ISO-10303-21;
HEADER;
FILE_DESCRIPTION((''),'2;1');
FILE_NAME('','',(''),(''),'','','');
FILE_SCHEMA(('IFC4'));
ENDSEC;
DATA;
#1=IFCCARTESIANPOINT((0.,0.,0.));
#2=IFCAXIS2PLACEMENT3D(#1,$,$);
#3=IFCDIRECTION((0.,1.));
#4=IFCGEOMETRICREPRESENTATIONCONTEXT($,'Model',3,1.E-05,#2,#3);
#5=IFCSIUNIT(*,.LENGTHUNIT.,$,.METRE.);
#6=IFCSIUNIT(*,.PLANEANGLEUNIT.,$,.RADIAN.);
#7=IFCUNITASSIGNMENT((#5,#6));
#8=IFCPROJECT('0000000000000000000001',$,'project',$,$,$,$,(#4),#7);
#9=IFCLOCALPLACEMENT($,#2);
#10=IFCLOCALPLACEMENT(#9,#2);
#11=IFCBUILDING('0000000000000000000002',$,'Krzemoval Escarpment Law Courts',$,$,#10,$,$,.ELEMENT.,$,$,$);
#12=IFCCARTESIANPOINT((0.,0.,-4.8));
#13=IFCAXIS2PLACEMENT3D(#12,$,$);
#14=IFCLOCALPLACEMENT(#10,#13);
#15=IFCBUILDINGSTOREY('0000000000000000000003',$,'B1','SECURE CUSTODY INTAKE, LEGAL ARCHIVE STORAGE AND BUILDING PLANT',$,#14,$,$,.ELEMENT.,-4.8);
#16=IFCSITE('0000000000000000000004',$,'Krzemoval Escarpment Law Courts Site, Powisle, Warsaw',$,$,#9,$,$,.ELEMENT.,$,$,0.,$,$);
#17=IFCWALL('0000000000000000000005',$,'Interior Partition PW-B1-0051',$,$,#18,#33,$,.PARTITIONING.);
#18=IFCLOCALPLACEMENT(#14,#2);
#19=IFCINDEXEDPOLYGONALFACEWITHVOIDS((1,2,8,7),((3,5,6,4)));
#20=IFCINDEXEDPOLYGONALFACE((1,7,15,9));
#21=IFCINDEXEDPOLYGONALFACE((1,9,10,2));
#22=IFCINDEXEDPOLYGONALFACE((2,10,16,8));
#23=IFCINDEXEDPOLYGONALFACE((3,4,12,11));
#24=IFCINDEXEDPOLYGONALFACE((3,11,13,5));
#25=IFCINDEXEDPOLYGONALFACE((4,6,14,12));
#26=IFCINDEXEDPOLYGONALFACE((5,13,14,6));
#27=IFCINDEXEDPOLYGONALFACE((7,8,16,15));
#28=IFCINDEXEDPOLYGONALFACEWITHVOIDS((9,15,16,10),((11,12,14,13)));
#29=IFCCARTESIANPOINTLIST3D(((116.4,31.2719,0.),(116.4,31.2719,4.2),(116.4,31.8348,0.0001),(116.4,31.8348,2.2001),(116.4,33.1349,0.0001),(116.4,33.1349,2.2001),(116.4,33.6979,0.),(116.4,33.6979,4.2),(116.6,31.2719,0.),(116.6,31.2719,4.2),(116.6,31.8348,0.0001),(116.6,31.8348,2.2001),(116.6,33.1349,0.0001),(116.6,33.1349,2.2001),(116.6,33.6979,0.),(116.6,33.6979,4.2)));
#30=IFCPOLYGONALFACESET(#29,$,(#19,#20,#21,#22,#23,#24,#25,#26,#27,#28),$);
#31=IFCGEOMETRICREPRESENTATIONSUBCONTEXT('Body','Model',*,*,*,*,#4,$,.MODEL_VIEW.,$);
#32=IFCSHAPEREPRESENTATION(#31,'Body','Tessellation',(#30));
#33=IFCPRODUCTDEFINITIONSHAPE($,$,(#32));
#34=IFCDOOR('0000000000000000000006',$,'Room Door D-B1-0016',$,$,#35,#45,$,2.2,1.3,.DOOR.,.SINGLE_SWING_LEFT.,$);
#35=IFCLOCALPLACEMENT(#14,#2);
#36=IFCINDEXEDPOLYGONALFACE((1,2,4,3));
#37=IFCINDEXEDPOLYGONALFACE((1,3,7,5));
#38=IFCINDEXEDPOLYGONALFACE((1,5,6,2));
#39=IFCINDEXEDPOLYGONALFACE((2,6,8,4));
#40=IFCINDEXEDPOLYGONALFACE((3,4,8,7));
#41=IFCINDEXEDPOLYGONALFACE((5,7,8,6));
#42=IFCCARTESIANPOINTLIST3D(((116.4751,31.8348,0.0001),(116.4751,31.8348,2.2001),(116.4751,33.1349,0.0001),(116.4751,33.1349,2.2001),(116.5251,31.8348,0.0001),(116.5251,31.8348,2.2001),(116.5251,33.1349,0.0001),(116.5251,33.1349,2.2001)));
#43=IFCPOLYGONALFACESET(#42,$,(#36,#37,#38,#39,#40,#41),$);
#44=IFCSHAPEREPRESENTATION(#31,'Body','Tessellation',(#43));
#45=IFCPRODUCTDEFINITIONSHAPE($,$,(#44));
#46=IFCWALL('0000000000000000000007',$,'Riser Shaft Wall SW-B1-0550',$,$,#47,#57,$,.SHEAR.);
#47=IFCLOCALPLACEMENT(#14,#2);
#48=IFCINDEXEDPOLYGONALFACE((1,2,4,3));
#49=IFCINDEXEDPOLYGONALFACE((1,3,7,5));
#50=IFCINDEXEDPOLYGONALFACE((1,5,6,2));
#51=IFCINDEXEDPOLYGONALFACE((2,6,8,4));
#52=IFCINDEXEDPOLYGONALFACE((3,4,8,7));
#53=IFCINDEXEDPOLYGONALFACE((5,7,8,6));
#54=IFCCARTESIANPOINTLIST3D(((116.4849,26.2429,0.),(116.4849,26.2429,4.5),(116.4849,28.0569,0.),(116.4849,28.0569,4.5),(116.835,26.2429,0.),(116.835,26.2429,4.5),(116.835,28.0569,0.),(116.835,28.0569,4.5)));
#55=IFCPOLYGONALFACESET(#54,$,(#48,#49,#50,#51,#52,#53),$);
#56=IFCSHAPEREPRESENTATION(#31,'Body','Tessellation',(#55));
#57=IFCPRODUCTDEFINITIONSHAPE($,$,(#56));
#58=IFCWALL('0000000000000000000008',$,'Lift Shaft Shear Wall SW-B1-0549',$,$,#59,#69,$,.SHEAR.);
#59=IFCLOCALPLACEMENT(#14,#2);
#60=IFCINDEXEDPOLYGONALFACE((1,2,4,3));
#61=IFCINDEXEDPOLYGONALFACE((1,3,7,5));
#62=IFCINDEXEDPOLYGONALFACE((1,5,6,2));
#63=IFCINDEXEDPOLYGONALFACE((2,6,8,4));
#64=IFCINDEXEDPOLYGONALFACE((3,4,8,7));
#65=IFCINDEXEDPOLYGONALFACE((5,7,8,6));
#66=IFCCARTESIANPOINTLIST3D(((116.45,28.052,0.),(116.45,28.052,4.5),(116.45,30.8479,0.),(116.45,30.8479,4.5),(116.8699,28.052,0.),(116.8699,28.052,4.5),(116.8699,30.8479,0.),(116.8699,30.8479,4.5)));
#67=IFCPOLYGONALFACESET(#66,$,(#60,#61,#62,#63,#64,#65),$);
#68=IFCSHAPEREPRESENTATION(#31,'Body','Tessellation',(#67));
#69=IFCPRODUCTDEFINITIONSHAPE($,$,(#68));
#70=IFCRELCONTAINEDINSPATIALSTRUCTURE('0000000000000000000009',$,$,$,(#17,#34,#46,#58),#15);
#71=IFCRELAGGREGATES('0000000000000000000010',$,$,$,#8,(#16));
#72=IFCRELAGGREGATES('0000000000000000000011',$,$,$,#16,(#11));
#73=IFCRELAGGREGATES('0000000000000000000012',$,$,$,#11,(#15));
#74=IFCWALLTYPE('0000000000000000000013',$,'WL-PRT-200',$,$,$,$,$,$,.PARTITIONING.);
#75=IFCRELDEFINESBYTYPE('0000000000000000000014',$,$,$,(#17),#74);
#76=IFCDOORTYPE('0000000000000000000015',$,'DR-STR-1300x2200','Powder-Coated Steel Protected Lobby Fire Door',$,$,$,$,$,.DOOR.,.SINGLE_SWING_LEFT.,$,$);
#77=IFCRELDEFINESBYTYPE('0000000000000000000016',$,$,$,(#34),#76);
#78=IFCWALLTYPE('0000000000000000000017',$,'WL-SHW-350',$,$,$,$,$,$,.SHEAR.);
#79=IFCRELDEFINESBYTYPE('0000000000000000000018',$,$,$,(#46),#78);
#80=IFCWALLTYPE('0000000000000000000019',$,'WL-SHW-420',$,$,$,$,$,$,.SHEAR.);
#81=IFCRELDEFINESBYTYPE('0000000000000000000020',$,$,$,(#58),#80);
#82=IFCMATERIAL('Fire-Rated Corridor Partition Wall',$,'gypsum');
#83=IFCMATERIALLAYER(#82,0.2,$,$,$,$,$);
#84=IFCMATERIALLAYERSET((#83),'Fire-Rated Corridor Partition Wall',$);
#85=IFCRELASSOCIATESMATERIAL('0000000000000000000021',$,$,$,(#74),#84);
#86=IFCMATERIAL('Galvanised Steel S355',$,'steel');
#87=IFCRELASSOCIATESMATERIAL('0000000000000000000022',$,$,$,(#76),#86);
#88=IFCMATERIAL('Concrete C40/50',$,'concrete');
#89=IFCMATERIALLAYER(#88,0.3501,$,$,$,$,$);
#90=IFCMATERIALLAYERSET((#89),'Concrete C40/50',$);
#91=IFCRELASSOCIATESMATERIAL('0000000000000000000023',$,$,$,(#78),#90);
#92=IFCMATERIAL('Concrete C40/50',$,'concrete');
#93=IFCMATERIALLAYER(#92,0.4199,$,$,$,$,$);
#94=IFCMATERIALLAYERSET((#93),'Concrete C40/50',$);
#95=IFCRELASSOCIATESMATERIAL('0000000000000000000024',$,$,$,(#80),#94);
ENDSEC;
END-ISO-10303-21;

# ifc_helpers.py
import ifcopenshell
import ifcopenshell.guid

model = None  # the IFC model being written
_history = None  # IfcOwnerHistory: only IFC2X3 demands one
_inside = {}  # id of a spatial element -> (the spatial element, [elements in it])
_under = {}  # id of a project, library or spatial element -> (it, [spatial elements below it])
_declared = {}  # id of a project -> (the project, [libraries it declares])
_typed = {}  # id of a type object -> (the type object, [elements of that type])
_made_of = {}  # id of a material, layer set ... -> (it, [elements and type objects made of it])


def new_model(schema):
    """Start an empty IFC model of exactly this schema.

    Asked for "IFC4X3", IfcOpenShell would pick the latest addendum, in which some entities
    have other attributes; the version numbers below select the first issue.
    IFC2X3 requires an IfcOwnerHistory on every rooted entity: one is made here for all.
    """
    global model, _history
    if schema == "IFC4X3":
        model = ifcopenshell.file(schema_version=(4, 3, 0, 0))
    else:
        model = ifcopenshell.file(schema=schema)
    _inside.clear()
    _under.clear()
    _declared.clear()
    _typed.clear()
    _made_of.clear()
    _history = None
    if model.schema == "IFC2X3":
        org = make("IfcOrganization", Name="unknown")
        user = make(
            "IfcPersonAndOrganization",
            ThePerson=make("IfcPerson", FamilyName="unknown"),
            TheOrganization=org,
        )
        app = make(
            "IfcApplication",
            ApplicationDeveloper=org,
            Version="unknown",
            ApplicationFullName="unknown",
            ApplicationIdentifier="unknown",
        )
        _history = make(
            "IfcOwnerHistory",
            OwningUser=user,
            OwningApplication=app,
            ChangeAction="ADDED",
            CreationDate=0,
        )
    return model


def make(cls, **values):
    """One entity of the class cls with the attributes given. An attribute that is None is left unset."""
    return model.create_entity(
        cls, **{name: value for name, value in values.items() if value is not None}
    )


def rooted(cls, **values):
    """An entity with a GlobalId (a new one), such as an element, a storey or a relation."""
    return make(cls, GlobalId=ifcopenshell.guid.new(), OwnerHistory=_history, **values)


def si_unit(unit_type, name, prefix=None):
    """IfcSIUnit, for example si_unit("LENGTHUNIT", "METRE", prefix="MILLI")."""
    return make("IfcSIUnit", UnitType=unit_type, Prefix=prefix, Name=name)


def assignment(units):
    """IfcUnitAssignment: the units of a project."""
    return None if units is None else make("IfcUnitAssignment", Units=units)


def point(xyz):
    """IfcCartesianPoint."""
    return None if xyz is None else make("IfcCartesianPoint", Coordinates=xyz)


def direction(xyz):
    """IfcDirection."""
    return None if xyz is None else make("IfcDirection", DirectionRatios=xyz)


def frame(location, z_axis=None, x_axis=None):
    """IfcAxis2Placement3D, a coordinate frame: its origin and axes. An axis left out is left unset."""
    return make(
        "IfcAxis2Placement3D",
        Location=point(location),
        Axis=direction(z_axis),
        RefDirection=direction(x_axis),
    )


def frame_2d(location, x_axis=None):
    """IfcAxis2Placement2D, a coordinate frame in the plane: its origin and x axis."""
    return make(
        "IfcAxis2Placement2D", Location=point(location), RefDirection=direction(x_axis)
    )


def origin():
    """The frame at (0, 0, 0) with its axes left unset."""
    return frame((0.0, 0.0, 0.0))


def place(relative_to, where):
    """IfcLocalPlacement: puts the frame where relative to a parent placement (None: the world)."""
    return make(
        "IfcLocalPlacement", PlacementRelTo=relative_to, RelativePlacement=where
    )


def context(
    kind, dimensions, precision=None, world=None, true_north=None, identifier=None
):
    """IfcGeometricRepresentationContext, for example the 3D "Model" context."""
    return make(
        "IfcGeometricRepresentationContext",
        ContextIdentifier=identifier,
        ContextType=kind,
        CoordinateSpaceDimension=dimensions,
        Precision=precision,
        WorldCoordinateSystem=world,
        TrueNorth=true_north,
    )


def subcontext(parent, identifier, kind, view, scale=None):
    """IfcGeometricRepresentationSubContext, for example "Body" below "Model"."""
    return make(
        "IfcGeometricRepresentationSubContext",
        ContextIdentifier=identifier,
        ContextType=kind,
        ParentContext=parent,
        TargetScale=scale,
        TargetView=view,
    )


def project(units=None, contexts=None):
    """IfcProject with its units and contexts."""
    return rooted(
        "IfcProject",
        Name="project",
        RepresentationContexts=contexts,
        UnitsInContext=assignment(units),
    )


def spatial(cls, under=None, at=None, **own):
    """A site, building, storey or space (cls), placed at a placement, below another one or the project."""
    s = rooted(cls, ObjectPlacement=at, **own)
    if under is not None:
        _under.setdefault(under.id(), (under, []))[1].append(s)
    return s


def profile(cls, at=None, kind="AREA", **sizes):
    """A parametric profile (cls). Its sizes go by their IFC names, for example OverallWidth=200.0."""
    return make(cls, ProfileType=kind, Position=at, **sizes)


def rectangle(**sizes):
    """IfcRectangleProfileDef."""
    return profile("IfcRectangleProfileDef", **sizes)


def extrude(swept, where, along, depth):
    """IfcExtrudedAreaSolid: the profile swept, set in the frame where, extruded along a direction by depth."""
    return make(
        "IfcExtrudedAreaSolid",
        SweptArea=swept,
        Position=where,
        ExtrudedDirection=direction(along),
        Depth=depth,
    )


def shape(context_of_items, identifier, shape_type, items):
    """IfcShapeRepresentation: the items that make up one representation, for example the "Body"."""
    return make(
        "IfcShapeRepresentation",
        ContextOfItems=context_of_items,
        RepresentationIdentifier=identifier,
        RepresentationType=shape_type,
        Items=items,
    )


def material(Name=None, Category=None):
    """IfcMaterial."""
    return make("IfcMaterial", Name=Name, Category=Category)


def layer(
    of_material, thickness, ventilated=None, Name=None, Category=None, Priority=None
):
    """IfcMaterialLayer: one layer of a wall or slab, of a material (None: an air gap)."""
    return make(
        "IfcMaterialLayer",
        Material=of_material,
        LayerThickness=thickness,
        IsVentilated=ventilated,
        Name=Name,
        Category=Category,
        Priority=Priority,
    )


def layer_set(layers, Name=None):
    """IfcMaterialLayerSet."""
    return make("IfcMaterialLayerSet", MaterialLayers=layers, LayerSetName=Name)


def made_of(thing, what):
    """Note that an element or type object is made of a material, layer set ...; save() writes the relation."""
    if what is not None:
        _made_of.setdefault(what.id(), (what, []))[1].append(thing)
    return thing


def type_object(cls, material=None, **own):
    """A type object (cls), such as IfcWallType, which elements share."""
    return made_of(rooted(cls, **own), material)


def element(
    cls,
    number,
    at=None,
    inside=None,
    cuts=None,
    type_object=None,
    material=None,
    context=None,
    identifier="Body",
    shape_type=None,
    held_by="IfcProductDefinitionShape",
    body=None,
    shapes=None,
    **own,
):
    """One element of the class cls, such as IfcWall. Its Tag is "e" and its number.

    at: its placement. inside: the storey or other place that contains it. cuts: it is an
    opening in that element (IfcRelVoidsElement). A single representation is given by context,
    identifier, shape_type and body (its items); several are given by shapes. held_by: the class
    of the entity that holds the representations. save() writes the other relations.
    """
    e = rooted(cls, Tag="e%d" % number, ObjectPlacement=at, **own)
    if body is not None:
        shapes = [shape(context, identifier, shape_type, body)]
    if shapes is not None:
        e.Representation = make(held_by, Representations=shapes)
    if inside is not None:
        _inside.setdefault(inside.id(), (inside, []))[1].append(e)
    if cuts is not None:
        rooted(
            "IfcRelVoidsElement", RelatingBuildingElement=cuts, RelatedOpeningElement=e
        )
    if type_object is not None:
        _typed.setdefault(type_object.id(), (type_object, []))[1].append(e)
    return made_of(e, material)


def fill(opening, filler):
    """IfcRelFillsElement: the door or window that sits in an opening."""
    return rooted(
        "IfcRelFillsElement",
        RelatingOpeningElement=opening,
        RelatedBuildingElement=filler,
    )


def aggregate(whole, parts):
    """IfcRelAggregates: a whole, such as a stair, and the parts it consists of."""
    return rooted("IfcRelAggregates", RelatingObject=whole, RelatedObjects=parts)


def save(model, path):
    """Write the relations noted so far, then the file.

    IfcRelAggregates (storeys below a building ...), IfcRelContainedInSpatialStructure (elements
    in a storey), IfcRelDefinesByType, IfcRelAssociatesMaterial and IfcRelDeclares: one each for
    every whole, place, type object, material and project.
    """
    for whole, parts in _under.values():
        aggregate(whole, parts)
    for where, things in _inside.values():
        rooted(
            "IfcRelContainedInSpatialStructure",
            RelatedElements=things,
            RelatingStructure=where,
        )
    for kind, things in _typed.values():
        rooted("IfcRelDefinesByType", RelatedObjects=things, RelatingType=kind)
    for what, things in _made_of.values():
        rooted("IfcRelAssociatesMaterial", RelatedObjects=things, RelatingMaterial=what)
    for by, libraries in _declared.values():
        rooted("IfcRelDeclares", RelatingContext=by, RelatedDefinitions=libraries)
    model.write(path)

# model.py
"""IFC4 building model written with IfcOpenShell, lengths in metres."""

from ifc_helpers import new_model, si_unit, direction, frame, frame_2d, origin, place, context, subcontext, project, spatial, rectangle, extrude, material, layer, layer_set, type_object, element, fill, save


model = new_model("IFC4")

# Units and contexts
model_context = context("Model", 3, precision=1e-05, world=origin(), true_north=direction((0.0, 1.0)))
body_context = subcontext(model_context, "Body", "Model", "MODEL_VIEW")
ifc_project = project(units=[si_unit("LENGTHUNIT", "METRE"), si_unit("PLANEANGLEUNIT", "RADIAN")], contexts=[model_context])

# Site, building, storey
site_placement = place(None, origin())
site = spatial("IfcSite", under=ifc_project, at=site_placement, Name="Krzemoval Escarpment Law Courts Site, Powisle, Warsaw", CompositionType="ELEMENT", RefElevation=0.0)
building_placement = place(site_placement, origin())
building = spatial("IfcBuilding", under=site, at=building_placement, Name="Krzemoval Escarpment Law Courts", CompositionType="ELEMENT")
storey_placement = place(building_placement, frame((0.0, 0.0, -4.8)))
storey = spatial("IfcBuildingStorey", under=building, at=storey_placement, Name="B1", Description="SECURE CUSTODY INTAKE, LEGAL ARCHIVE STORAGE AND BUILDING PLANT", CompositionType="ELEMENT", Elevation=-4.8)

# Wall, opening, door
ifc_material_1 = material(Name="Fire-Rated Corridor Partition Wall", Category="gypsum")
ifc_layer_1 = layer(ifc_material_1, 0.2)
ifc_layer_set_1 = layer_set([ifc_layer_1], Name="Fire-Rated Corridor Partition Wall")
wall_type_1 = type_object("IfcWallType", Name="WL-PRT-200", PredefinedType="PARTITIONING", material=ifc_layer_set_1)
wall_1_placement = place(storey_placement, frame((116.5, 31.272, 0.0), z_axis=(0.0, 0.0, 1.0), x_axis=(0.0, 1.0, 0.0)))
wall_1 = element("IfcWall", 1, at=wall_1_placement, inside=storey, type_object=wall_type_1, Name="Interior Partition PW-B1-0051", PredefinedType="PARTITIONING", context=body_context, shape_type="SweptSolid", body=[
    extrude(rectangle(XDim=2.426, YDim=0.2, at=frame_2d((1.2129, 0.0))), origin(), (0.0, 0.0, 1.0), 4.2),
])
opening_1_placement = place(wall_1_placement, frame((0.563, 0.0, 0.0)))
opening_1 = element("IfcOpeningElement", 2, at=opening_1_placement, cuts=wall_1, PredefinedType="OPENING", context=body_context, shape_type="SweptSolid", body=[
    extrude(rectangle(XDim=1.3, YDim=2.2, at=frame_2d((0.6499, 1.1001))), frame((0.0, 0.115, 0.0), z_axis=(0.0, -1.0, 0.0), x_axis=(1.0, 0.0, 0.0)), (0.0, 0.0, 1.0), 0.2299),
])
ifc_material_2 = material(Name="Galvanised Steel S355", Category="steel")
door_type_1 = type_object("IfcDoorType", Name="DR-STR-1300x2200", Description="Powder-Coated Steel Protected Lobby Fire Door", OperationType="SINGLE_SWING_LEFT", PredefinedType="DOOR", material=ifc_material_2)
door_1_placement = place(opening_1_placement, origin())
door_1 = element("IfcDoor", 3, at=door_1_placement, inside=storey, type_object=door_type_1, Name="Room Door D-B1-0016", OperationType="SINGLE_SWING_LEFT", OverallHeight=2.2, OverallWidth=1.3, PredefinedType="DOOR", context=body_context, shape_type="SweptSolid", body=[
    extrude(rectangle(XDim=1.3, YDim=2.2, at=frame_2d((0.6499, 1.1001))), frame((0.0, 0.0249, 0.0), z_axis=(0.0, -1.0, 0.0), x_axis=(1.0, 0.0, 0.0)), (0.0, 0.0, 1.0), 0.05),
])
fill(opening_1, door_1)

# Walls
ifc_material_3 = material(Name="Concrete C40/50", Category="concrete")
ifc_layer_2 = layer(ifc_material_3, 0.3501)
ifc_layer_set_2 = layer_set([ifc_layer_2], Name="Concrete C40/50")
wall_type_2 = type_object("IfcWallType", Name="WL-SHW-350", PredefinedType="SHEAR", material=ifc_layer_set_2)
wall_2_placement = place(storey_placement, frame((116.6599, 26.2429, 0.0), z_axis=(0.0, 0.0, 1.0), x_axis=(0.0, 1.0, 0.0)))
element("IfcWall", 4, at=wall_2_placement, inside=storey, type_object=wall_type_2, Name="Riser Shaft Wall SW-B1-0550", PredefinedType="SHEAR", context=body_context, shape_type="SweptSolid", body=[
    extrude(rectangle(XDim=1.814, YDim=0.3501, at=frame_2d((0.907, 0.0))), origin(), (0.0, 0.0, 1.0), 4.5),
])
ifc_material_4 = material(Name="Concrete C40/50", Category="concrete")
ifc_layer_3 = layer(ifc_material_4, 0.4199)
ifc_layer_set_3 = layer_set([ifc_layer_3], Name="Concrete C40/50")
wall_type_3 = type_object("IfcWallType", Name="WL-SHW-420", PredefinedType="SHEAR", material=ifc_layer_set_3)
wall_3_placement = place(storey_placement, frame((116.6599, 28.052, 0.0), z_axis=(0.0, 0.0, 1.0), x_axis=(0.0, 1.0, 0.0)))
element("IfcWall", 5, at=wall_3_placement, inside=storey, type_object=wall_type_3, Name="Lift Shaft Shear Wall SW-B1-0549", PredefinedType="SHEAR", context=body_context, shape_type="SweptSolid", body=[
    extrude(rectangle(XDim=2.7959, YDim=0.4199, at=frame_2d((1.3979, 0.0))), origin(), (0.0, 0.0, 1.0), 4.5),
])

save(model, "model.ifc")
